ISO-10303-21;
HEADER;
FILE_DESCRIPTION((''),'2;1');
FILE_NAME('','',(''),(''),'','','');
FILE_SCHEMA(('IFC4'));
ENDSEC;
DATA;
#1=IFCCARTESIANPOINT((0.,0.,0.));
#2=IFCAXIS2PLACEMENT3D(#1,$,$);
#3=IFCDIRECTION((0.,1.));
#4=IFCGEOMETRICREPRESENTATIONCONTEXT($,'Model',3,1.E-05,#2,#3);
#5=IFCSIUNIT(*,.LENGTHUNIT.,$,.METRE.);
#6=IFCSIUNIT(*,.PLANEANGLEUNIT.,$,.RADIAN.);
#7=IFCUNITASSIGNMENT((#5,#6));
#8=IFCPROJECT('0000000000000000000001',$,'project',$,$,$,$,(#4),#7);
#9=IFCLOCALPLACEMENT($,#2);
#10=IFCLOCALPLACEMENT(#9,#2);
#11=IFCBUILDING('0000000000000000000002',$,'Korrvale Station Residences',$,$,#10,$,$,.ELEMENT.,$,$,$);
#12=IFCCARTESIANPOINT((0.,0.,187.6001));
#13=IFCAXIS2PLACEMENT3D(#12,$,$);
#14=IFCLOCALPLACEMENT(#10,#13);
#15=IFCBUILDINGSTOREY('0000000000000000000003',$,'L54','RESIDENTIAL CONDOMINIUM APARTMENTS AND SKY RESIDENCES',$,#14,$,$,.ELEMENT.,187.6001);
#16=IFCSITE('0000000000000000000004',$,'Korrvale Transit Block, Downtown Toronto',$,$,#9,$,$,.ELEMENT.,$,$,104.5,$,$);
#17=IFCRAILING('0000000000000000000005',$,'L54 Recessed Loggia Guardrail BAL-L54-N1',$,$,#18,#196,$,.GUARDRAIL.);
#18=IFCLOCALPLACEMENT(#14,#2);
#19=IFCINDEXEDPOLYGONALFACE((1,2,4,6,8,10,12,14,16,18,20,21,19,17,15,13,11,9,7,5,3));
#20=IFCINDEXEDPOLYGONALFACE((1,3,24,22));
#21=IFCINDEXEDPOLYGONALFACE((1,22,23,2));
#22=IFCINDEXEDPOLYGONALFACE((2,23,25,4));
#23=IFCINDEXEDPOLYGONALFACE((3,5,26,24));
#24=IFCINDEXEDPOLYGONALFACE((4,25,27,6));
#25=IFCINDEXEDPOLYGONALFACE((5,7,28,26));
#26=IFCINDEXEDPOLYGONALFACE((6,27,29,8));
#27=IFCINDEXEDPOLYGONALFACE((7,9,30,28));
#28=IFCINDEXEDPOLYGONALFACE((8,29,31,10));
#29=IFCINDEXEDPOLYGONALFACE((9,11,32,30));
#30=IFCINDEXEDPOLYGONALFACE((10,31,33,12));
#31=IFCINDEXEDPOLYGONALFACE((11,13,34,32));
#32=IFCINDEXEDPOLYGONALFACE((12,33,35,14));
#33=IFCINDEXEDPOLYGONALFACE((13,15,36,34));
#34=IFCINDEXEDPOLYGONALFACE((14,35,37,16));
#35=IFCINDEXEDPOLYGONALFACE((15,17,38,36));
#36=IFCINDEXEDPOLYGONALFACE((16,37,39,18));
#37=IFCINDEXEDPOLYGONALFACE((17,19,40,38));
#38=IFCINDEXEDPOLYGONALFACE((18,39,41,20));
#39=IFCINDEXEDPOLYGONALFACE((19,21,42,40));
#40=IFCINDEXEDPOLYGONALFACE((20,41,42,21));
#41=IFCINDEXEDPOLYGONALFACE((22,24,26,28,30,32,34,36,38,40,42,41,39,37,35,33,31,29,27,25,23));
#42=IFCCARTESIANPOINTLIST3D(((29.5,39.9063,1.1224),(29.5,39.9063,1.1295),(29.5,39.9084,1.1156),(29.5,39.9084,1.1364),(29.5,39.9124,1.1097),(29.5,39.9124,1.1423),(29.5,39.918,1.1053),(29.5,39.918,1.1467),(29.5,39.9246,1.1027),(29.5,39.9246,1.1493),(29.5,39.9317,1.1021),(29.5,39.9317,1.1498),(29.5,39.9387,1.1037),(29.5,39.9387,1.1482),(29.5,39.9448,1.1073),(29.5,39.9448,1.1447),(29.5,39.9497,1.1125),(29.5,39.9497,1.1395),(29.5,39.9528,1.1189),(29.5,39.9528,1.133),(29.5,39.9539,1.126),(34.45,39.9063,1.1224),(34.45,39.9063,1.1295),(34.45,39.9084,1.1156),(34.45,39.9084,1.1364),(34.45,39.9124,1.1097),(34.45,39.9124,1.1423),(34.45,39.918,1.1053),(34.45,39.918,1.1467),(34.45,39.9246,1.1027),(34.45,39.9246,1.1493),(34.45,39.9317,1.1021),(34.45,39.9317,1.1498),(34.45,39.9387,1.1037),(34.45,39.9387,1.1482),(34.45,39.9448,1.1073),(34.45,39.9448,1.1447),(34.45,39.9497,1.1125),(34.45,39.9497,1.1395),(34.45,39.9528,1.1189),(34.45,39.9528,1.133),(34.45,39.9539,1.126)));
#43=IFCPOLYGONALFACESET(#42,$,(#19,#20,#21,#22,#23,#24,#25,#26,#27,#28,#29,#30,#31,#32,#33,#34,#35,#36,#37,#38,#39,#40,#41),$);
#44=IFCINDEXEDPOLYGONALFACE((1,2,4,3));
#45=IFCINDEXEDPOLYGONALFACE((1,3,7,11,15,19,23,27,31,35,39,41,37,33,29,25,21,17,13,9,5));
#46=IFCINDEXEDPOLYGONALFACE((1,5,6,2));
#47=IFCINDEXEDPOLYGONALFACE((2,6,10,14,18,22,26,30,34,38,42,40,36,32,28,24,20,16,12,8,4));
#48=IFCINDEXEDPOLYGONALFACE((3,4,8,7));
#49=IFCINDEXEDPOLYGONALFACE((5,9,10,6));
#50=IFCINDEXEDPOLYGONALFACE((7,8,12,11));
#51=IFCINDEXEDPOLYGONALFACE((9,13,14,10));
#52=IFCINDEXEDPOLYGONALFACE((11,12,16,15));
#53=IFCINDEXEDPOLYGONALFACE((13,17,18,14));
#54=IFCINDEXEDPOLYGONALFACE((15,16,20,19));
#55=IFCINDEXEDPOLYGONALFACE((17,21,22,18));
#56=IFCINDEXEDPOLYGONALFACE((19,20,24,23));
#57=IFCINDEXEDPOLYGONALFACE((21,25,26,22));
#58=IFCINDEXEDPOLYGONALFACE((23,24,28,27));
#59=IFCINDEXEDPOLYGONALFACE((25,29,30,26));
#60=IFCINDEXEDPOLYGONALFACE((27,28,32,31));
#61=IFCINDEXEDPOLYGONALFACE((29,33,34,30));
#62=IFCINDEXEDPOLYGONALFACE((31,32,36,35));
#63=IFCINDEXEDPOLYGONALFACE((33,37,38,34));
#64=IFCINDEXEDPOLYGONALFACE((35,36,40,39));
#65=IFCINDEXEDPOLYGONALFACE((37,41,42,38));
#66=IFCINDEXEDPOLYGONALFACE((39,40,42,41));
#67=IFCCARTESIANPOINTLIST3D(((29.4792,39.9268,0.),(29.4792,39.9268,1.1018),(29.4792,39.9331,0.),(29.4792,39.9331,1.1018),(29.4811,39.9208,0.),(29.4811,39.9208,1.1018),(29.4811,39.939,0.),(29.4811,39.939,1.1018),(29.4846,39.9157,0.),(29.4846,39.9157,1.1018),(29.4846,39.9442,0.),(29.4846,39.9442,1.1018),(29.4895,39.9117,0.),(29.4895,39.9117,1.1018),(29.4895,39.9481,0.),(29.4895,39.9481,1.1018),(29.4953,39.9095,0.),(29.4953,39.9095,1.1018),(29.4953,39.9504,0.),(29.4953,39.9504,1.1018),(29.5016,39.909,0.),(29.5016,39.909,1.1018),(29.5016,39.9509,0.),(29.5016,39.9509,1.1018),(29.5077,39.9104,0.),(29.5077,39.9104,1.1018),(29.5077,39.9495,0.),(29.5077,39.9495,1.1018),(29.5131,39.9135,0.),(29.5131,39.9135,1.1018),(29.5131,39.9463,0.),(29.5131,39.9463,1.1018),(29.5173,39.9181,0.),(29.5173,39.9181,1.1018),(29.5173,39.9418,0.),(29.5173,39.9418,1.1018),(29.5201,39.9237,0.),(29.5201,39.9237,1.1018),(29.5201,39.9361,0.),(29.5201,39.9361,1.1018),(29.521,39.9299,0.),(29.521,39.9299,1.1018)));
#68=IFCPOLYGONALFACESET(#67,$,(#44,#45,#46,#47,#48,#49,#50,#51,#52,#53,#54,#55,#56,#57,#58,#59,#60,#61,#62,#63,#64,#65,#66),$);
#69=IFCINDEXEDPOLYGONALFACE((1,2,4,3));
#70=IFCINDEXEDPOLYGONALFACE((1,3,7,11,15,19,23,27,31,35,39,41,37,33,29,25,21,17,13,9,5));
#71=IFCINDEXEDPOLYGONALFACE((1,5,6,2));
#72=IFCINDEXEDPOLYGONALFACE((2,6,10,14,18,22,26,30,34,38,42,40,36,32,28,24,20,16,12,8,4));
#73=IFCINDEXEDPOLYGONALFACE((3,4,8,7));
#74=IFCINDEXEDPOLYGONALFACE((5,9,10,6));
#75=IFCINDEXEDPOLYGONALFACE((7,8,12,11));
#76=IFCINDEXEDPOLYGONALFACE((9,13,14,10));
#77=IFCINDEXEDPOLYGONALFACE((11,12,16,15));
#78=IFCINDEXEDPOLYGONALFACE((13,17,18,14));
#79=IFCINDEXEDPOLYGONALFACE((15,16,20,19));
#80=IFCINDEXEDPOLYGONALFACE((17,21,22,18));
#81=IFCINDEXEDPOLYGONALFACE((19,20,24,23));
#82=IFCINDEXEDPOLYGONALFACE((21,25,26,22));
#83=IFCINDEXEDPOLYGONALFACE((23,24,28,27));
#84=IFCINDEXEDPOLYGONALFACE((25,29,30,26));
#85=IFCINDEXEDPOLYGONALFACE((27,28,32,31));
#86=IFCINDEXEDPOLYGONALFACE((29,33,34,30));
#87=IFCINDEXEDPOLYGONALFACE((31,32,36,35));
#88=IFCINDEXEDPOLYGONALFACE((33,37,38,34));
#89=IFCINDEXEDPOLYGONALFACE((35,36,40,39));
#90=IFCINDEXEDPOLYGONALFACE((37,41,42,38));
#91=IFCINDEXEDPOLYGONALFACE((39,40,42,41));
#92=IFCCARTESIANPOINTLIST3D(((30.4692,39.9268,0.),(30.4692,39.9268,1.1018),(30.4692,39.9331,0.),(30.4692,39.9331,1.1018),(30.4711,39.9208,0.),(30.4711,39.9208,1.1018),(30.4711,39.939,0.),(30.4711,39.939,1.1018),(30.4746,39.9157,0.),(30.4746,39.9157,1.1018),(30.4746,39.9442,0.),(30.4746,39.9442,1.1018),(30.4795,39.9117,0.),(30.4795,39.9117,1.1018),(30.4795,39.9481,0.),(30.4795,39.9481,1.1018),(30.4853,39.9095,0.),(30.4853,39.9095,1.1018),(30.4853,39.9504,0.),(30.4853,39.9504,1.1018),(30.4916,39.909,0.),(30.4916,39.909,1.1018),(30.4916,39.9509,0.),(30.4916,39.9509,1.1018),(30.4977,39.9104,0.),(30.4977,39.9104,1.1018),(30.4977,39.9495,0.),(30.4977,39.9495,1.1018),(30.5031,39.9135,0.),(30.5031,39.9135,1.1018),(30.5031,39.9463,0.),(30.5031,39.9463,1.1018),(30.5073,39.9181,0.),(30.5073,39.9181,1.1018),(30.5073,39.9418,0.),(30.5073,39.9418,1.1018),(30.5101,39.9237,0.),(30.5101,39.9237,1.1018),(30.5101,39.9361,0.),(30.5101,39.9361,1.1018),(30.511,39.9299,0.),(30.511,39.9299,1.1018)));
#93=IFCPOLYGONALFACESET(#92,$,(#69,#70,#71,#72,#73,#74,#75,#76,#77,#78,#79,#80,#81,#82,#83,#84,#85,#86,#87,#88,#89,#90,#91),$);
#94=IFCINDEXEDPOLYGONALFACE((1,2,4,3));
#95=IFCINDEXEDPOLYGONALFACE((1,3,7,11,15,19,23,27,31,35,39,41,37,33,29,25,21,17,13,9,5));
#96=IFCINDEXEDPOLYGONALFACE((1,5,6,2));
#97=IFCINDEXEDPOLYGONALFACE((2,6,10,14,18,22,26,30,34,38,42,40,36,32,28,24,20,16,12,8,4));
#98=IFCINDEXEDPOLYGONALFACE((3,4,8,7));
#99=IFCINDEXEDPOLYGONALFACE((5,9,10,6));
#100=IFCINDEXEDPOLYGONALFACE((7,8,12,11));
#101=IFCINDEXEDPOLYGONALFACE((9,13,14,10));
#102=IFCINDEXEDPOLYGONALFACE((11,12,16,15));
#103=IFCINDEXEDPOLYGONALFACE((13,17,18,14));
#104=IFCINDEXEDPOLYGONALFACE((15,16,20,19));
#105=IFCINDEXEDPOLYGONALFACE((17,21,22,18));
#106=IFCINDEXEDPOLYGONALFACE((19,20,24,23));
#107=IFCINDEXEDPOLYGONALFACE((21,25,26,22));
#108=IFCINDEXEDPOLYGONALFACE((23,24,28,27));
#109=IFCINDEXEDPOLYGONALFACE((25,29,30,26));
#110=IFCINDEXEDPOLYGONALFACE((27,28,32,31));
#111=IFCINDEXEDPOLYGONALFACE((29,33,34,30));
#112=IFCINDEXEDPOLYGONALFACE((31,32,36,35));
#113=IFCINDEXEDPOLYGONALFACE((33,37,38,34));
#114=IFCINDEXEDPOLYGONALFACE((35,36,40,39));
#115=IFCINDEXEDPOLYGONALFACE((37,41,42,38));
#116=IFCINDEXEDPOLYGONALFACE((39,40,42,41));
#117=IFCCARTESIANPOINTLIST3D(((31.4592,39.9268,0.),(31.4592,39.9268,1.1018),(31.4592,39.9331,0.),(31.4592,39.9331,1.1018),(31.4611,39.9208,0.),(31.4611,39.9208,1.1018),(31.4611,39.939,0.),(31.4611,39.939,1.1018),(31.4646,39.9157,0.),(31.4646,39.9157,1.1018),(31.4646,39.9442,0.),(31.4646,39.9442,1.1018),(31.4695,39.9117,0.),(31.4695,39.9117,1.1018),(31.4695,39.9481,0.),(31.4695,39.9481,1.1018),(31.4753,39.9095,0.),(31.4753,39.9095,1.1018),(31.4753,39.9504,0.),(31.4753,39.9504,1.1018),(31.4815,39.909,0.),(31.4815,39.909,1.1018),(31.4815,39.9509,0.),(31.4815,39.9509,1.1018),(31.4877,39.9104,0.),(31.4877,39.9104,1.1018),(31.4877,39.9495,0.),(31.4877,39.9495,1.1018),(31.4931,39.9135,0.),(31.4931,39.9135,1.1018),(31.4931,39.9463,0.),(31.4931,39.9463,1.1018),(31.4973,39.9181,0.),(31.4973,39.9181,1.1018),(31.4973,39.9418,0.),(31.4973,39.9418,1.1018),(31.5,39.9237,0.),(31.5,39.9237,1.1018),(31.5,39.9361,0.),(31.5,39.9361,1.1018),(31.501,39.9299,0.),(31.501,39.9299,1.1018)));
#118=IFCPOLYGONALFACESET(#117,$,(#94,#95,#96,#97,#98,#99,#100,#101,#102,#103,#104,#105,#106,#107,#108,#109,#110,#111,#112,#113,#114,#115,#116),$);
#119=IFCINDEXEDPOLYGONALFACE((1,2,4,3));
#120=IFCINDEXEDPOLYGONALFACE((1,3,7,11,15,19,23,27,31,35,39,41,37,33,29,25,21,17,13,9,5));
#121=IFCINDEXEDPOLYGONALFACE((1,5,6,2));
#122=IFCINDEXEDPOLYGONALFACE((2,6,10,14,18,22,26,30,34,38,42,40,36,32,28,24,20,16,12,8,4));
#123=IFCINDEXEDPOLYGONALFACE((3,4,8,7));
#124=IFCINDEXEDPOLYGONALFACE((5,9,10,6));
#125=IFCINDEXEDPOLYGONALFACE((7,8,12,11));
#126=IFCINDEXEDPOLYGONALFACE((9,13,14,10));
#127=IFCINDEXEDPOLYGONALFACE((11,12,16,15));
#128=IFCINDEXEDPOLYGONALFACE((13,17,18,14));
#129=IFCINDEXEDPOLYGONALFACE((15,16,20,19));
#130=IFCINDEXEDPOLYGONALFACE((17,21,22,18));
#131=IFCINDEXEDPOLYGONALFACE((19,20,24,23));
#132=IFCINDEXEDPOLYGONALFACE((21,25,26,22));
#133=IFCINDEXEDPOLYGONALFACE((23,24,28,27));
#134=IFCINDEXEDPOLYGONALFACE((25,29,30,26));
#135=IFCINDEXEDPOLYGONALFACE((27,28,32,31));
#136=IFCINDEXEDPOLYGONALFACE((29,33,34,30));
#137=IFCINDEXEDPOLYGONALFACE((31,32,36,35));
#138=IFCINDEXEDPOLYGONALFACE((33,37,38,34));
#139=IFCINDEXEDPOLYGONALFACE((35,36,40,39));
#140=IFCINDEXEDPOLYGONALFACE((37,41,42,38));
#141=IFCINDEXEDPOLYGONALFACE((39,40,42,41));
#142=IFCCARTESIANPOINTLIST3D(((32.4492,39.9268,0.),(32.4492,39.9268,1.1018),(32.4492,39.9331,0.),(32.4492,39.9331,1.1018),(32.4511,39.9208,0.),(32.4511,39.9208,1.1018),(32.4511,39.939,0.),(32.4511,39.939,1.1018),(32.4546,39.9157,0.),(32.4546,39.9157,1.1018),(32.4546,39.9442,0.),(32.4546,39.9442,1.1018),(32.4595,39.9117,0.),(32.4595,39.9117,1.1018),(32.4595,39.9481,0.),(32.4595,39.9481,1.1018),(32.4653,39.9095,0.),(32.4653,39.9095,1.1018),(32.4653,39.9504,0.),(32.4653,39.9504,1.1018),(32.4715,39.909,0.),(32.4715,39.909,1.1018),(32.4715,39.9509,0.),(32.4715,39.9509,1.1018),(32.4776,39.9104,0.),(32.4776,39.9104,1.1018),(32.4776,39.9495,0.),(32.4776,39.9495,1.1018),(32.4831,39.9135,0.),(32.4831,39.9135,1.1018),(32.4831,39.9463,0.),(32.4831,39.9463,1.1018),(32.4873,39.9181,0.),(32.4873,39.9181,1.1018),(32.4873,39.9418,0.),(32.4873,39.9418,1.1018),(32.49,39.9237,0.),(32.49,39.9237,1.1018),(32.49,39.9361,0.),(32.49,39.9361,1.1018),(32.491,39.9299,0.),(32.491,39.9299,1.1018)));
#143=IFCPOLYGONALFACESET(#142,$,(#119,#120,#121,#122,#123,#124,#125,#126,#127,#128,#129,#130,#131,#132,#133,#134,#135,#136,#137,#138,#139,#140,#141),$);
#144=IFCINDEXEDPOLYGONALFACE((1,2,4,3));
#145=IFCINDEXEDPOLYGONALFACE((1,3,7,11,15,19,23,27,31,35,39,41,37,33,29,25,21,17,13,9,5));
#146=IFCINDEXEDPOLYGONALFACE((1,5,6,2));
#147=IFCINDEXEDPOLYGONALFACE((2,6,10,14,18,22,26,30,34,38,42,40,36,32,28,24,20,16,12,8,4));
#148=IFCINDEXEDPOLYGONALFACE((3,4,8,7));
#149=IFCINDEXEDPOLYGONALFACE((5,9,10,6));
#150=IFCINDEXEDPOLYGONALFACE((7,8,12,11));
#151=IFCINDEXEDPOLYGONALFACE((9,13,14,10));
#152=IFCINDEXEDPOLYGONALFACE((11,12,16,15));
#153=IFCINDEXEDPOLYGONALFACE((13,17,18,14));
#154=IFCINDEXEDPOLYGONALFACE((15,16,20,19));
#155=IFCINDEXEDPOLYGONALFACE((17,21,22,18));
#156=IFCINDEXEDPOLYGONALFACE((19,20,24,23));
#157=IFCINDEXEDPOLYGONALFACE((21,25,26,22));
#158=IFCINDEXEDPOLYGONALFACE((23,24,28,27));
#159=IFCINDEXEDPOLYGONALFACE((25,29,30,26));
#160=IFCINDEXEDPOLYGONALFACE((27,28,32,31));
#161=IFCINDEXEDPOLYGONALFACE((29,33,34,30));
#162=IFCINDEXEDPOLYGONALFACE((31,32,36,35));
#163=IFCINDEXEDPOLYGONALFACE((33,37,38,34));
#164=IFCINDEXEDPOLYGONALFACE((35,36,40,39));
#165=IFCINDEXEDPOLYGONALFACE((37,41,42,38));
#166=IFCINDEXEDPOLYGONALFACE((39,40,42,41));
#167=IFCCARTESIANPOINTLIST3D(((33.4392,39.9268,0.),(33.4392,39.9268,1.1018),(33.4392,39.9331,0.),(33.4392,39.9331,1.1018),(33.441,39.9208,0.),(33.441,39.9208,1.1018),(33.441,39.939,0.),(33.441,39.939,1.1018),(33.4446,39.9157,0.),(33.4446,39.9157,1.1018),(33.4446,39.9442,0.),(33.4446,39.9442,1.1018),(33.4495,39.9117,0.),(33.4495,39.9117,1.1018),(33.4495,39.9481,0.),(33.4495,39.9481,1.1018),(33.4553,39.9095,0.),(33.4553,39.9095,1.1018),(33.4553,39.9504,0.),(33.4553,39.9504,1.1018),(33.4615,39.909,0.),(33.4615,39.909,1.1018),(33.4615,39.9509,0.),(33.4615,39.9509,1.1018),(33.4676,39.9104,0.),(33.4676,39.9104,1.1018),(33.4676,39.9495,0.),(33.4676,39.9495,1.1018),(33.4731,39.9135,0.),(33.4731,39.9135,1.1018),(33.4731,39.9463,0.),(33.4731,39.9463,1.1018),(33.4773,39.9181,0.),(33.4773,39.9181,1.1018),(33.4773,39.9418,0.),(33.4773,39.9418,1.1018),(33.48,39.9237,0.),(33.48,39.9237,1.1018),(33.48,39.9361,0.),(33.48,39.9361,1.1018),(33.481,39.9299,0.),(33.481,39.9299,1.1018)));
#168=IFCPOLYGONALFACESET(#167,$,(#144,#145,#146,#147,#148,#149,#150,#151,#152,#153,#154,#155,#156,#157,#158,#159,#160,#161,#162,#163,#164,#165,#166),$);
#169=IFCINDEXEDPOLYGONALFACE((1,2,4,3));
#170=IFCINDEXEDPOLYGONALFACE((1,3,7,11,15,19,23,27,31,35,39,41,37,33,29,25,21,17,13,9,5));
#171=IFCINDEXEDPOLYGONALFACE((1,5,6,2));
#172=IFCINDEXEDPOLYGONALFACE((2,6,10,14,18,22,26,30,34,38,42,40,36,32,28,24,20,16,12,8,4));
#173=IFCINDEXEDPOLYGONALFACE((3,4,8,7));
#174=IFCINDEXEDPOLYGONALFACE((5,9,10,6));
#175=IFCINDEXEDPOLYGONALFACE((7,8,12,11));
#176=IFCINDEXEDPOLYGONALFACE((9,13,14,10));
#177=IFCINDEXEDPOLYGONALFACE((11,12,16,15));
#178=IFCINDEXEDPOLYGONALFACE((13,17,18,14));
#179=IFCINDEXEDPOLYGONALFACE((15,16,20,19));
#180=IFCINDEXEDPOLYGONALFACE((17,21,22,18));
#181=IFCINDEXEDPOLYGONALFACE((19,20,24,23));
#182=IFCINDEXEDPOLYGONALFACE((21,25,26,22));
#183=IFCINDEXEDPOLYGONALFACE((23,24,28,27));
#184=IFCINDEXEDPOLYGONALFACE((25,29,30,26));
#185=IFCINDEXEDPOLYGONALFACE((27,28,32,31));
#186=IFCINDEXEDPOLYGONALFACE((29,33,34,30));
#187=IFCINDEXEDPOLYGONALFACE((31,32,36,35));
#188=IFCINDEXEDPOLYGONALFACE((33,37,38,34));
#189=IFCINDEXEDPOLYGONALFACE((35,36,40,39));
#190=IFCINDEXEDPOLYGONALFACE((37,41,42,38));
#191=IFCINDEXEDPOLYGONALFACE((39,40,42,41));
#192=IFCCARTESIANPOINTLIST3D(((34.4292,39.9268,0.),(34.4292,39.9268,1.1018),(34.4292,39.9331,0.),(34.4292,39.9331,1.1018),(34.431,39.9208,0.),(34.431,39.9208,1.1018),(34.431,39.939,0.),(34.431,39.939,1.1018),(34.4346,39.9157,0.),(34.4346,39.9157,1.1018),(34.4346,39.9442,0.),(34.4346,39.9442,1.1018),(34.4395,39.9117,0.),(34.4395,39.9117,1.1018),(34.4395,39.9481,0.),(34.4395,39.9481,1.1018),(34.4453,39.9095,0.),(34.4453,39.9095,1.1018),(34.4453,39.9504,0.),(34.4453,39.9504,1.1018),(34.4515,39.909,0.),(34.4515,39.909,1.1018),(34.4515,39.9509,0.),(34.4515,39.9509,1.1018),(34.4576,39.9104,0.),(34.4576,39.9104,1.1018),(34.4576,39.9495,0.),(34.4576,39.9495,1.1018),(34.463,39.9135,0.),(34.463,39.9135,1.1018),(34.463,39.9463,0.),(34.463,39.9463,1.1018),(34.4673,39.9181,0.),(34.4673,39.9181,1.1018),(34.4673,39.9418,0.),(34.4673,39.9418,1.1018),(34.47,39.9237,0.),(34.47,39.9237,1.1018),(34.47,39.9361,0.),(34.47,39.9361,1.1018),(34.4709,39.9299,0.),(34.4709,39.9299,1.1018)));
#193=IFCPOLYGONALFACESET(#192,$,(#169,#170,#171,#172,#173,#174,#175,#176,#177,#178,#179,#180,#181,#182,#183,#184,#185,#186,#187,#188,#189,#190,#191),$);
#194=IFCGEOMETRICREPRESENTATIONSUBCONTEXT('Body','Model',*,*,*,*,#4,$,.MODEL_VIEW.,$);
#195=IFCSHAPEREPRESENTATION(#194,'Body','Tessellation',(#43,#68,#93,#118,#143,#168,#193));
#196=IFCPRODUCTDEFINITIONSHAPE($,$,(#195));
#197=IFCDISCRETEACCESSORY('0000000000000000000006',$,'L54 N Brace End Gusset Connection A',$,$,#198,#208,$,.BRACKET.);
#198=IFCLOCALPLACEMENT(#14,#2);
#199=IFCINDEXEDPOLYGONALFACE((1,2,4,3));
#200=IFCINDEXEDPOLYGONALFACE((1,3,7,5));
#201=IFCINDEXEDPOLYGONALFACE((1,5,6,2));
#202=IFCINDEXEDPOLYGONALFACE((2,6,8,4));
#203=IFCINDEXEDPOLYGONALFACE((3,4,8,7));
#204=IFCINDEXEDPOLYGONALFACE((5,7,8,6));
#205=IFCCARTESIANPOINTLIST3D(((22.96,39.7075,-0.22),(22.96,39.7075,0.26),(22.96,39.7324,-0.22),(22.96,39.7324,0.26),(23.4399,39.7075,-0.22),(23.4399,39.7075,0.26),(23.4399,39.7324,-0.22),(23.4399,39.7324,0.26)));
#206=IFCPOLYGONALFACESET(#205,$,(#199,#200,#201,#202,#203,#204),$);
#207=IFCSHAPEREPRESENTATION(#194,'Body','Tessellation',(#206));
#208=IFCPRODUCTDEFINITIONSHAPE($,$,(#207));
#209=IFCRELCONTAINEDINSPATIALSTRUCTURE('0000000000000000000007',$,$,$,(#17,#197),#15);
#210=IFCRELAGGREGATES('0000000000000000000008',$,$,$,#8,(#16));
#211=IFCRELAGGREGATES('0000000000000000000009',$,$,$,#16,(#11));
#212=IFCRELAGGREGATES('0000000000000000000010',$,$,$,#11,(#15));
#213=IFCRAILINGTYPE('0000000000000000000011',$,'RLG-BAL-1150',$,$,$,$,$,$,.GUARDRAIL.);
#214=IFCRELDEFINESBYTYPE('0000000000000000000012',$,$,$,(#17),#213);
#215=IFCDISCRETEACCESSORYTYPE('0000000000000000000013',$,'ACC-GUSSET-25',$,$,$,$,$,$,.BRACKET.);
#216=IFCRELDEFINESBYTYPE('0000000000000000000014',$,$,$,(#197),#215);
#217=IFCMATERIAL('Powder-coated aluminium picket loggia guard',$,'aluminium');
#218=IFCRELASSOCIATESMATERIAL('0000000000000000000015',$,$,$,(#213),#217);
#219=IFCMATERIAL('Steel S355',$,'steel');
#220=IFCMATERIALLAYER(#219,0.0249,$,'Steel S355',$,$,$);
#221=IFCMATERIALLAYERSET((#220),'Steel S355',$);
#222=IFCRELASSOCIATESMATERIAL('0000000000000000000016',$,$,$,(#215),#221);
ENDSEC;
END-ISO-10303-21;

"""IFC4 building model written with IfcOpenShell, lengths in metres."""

from ifc_helpers import new_model, si_unit, direction, frame, origin, origin_2d, place, context, subcontext, project, spatial, rectangle, circle, extrude, material, layer, layer_set, type_object, element, save


model = new_model("IFC4")

# Units and contexts
model_context = context("Model", 3, precision=1e-05, world=origin(), true_north=direction((0.0, 1.0)))
body_context = subcontext(model_context, "Body", "Model", "MODEL_VIEW")
ifc_project = project(units=[si_unit("LENGTHUNIT", "METRE"), si_unit("PLANEANGLEUNIT", "RADIAN")], contexts=[model_context])

# Site, building, storey
site_placement = place(None, origin())
site = spatial("IfcSite", under=ifc_project, at=site_placement, Name="Korrvale Transit Block, Downtown Toronto", CompositionType="ELEMENT", RefElevation=104.5)
building_placement = place(site_placement, origin())
building = spatial("IfcBuilding", under=site, at=building_placement, Name="Korrvale Station Residences", CompositionType="ELEMENT")
storey_placement = place(building_placement, frame((0.0, 0.0, 187.6001)))
storey = spatial("IfcBuildingStorey", under=building, at=storey_placement, Name="L54", Description="RESIDENTIAL CONDOMINIUM APARTMENTS AND SKY RESIDENCES", CompositionType="ELEMENT", Elevation=187.6001)

# Shared definitions
ifc_material_1 = material(Name="Steel S355", Category="steel")

# Railing
ifc_material_2 = material(Name="Powder-coated aluminium picket loggia guard", Category="aluminium")
railing_type = type_object("IfcRailingType", Name="RLG-BAL-1150", PredefinedType="GUARDRAIL", material=ifc_material_2)
railing_placement = place(storey_placement, frame((29.5, 39.9299, 0.0)))
element("IfcRailing", 1, at=railing_placement, inside=storey, type_object=railing_type, Name="L54 Recessed Loggia Guardrail BAL-L54-N1", PredefinedType="GUARDRAIL", context=body_context, shape_type="SweptSolid", body=[
    extrude(circle(Radius=0.0239, at=origin_2d()), frame((0.0, 0.0, 1.126), z_axis=(1.0, 0.0, 0.0), x_axis=(0.0, 1.0, 0.0)), (0.0, 0.0, 1.0), 4.95),
    extrude(circle(Radius=0.021, at=origin_2d()), origin(), (0.0, 0.0, 1.0), 1.1018),
    extrude(circle(Radius=0.021, at=origin_2d()), frame((0.99, 0.0, 0.0)), (0.0, 0.0, 1.0), 1.1018),
    extrude(circle(Radius=0.021, at=origin_2d()), frame((1.98, 0.0, 0.0)), (0.0, 0.0, 1.0), 1.1018),
    extrude(circle(Radius=0.021, at=origin_2d()), frame((2.97, 0.0, 0.0)), (0.0, 0.0, 1.0), 1.1018),
    extrude(circle(Radius=0.021, at=origin_2d()), frame((3.96, 0.0, 0.0)), (0.0, 0.0, 1.0), 1.1018),
    extrude(circle(Radius=0.021, at=origin_2d()), frame((4.95, 0.0, 0.0)), (0.0, 0.0, 1.0), 1.1018),
])

# Discrete accessory
ifc_layer_1 = layer(ifc_material_1, 0.0249, Name="Steel S355")
ifc_layer_set_1 = layer_set([ifc_layer_1], Name="Steel S355")
discrete_accessory_type = type_object("IfcDiscreteAccessoryType", Name="ACC-GUSSET-25", PredefinedType="BRACKET", material=ifc_layer_set_1)
for number, where, z_axis, x_axis, name in (
    (2, (23.2, 39.72, -0.22), (0.0, 0.0, 1.0), (1.0, 0.0, 0.0), "L54 N Brace End Gusset Connection A"),
):
    element("IfcDiscreteAccessory", number, at=place(storey_placement, frame(where, z_axis=z_axis, x_axis=x_axis)), inside=storey, type_object=discrete_accessory_type, Name=name, PredefinedType="BRACKET", context=body_context, shape_type="SweptSolid", body=[
        extrude(rectangle(XDim=0.48, YDim=0.0249, at=origin_2d()), origin(), (0.0, 0.0, 1.0), 0.48),
    ])

save(model, "model.ifc")
